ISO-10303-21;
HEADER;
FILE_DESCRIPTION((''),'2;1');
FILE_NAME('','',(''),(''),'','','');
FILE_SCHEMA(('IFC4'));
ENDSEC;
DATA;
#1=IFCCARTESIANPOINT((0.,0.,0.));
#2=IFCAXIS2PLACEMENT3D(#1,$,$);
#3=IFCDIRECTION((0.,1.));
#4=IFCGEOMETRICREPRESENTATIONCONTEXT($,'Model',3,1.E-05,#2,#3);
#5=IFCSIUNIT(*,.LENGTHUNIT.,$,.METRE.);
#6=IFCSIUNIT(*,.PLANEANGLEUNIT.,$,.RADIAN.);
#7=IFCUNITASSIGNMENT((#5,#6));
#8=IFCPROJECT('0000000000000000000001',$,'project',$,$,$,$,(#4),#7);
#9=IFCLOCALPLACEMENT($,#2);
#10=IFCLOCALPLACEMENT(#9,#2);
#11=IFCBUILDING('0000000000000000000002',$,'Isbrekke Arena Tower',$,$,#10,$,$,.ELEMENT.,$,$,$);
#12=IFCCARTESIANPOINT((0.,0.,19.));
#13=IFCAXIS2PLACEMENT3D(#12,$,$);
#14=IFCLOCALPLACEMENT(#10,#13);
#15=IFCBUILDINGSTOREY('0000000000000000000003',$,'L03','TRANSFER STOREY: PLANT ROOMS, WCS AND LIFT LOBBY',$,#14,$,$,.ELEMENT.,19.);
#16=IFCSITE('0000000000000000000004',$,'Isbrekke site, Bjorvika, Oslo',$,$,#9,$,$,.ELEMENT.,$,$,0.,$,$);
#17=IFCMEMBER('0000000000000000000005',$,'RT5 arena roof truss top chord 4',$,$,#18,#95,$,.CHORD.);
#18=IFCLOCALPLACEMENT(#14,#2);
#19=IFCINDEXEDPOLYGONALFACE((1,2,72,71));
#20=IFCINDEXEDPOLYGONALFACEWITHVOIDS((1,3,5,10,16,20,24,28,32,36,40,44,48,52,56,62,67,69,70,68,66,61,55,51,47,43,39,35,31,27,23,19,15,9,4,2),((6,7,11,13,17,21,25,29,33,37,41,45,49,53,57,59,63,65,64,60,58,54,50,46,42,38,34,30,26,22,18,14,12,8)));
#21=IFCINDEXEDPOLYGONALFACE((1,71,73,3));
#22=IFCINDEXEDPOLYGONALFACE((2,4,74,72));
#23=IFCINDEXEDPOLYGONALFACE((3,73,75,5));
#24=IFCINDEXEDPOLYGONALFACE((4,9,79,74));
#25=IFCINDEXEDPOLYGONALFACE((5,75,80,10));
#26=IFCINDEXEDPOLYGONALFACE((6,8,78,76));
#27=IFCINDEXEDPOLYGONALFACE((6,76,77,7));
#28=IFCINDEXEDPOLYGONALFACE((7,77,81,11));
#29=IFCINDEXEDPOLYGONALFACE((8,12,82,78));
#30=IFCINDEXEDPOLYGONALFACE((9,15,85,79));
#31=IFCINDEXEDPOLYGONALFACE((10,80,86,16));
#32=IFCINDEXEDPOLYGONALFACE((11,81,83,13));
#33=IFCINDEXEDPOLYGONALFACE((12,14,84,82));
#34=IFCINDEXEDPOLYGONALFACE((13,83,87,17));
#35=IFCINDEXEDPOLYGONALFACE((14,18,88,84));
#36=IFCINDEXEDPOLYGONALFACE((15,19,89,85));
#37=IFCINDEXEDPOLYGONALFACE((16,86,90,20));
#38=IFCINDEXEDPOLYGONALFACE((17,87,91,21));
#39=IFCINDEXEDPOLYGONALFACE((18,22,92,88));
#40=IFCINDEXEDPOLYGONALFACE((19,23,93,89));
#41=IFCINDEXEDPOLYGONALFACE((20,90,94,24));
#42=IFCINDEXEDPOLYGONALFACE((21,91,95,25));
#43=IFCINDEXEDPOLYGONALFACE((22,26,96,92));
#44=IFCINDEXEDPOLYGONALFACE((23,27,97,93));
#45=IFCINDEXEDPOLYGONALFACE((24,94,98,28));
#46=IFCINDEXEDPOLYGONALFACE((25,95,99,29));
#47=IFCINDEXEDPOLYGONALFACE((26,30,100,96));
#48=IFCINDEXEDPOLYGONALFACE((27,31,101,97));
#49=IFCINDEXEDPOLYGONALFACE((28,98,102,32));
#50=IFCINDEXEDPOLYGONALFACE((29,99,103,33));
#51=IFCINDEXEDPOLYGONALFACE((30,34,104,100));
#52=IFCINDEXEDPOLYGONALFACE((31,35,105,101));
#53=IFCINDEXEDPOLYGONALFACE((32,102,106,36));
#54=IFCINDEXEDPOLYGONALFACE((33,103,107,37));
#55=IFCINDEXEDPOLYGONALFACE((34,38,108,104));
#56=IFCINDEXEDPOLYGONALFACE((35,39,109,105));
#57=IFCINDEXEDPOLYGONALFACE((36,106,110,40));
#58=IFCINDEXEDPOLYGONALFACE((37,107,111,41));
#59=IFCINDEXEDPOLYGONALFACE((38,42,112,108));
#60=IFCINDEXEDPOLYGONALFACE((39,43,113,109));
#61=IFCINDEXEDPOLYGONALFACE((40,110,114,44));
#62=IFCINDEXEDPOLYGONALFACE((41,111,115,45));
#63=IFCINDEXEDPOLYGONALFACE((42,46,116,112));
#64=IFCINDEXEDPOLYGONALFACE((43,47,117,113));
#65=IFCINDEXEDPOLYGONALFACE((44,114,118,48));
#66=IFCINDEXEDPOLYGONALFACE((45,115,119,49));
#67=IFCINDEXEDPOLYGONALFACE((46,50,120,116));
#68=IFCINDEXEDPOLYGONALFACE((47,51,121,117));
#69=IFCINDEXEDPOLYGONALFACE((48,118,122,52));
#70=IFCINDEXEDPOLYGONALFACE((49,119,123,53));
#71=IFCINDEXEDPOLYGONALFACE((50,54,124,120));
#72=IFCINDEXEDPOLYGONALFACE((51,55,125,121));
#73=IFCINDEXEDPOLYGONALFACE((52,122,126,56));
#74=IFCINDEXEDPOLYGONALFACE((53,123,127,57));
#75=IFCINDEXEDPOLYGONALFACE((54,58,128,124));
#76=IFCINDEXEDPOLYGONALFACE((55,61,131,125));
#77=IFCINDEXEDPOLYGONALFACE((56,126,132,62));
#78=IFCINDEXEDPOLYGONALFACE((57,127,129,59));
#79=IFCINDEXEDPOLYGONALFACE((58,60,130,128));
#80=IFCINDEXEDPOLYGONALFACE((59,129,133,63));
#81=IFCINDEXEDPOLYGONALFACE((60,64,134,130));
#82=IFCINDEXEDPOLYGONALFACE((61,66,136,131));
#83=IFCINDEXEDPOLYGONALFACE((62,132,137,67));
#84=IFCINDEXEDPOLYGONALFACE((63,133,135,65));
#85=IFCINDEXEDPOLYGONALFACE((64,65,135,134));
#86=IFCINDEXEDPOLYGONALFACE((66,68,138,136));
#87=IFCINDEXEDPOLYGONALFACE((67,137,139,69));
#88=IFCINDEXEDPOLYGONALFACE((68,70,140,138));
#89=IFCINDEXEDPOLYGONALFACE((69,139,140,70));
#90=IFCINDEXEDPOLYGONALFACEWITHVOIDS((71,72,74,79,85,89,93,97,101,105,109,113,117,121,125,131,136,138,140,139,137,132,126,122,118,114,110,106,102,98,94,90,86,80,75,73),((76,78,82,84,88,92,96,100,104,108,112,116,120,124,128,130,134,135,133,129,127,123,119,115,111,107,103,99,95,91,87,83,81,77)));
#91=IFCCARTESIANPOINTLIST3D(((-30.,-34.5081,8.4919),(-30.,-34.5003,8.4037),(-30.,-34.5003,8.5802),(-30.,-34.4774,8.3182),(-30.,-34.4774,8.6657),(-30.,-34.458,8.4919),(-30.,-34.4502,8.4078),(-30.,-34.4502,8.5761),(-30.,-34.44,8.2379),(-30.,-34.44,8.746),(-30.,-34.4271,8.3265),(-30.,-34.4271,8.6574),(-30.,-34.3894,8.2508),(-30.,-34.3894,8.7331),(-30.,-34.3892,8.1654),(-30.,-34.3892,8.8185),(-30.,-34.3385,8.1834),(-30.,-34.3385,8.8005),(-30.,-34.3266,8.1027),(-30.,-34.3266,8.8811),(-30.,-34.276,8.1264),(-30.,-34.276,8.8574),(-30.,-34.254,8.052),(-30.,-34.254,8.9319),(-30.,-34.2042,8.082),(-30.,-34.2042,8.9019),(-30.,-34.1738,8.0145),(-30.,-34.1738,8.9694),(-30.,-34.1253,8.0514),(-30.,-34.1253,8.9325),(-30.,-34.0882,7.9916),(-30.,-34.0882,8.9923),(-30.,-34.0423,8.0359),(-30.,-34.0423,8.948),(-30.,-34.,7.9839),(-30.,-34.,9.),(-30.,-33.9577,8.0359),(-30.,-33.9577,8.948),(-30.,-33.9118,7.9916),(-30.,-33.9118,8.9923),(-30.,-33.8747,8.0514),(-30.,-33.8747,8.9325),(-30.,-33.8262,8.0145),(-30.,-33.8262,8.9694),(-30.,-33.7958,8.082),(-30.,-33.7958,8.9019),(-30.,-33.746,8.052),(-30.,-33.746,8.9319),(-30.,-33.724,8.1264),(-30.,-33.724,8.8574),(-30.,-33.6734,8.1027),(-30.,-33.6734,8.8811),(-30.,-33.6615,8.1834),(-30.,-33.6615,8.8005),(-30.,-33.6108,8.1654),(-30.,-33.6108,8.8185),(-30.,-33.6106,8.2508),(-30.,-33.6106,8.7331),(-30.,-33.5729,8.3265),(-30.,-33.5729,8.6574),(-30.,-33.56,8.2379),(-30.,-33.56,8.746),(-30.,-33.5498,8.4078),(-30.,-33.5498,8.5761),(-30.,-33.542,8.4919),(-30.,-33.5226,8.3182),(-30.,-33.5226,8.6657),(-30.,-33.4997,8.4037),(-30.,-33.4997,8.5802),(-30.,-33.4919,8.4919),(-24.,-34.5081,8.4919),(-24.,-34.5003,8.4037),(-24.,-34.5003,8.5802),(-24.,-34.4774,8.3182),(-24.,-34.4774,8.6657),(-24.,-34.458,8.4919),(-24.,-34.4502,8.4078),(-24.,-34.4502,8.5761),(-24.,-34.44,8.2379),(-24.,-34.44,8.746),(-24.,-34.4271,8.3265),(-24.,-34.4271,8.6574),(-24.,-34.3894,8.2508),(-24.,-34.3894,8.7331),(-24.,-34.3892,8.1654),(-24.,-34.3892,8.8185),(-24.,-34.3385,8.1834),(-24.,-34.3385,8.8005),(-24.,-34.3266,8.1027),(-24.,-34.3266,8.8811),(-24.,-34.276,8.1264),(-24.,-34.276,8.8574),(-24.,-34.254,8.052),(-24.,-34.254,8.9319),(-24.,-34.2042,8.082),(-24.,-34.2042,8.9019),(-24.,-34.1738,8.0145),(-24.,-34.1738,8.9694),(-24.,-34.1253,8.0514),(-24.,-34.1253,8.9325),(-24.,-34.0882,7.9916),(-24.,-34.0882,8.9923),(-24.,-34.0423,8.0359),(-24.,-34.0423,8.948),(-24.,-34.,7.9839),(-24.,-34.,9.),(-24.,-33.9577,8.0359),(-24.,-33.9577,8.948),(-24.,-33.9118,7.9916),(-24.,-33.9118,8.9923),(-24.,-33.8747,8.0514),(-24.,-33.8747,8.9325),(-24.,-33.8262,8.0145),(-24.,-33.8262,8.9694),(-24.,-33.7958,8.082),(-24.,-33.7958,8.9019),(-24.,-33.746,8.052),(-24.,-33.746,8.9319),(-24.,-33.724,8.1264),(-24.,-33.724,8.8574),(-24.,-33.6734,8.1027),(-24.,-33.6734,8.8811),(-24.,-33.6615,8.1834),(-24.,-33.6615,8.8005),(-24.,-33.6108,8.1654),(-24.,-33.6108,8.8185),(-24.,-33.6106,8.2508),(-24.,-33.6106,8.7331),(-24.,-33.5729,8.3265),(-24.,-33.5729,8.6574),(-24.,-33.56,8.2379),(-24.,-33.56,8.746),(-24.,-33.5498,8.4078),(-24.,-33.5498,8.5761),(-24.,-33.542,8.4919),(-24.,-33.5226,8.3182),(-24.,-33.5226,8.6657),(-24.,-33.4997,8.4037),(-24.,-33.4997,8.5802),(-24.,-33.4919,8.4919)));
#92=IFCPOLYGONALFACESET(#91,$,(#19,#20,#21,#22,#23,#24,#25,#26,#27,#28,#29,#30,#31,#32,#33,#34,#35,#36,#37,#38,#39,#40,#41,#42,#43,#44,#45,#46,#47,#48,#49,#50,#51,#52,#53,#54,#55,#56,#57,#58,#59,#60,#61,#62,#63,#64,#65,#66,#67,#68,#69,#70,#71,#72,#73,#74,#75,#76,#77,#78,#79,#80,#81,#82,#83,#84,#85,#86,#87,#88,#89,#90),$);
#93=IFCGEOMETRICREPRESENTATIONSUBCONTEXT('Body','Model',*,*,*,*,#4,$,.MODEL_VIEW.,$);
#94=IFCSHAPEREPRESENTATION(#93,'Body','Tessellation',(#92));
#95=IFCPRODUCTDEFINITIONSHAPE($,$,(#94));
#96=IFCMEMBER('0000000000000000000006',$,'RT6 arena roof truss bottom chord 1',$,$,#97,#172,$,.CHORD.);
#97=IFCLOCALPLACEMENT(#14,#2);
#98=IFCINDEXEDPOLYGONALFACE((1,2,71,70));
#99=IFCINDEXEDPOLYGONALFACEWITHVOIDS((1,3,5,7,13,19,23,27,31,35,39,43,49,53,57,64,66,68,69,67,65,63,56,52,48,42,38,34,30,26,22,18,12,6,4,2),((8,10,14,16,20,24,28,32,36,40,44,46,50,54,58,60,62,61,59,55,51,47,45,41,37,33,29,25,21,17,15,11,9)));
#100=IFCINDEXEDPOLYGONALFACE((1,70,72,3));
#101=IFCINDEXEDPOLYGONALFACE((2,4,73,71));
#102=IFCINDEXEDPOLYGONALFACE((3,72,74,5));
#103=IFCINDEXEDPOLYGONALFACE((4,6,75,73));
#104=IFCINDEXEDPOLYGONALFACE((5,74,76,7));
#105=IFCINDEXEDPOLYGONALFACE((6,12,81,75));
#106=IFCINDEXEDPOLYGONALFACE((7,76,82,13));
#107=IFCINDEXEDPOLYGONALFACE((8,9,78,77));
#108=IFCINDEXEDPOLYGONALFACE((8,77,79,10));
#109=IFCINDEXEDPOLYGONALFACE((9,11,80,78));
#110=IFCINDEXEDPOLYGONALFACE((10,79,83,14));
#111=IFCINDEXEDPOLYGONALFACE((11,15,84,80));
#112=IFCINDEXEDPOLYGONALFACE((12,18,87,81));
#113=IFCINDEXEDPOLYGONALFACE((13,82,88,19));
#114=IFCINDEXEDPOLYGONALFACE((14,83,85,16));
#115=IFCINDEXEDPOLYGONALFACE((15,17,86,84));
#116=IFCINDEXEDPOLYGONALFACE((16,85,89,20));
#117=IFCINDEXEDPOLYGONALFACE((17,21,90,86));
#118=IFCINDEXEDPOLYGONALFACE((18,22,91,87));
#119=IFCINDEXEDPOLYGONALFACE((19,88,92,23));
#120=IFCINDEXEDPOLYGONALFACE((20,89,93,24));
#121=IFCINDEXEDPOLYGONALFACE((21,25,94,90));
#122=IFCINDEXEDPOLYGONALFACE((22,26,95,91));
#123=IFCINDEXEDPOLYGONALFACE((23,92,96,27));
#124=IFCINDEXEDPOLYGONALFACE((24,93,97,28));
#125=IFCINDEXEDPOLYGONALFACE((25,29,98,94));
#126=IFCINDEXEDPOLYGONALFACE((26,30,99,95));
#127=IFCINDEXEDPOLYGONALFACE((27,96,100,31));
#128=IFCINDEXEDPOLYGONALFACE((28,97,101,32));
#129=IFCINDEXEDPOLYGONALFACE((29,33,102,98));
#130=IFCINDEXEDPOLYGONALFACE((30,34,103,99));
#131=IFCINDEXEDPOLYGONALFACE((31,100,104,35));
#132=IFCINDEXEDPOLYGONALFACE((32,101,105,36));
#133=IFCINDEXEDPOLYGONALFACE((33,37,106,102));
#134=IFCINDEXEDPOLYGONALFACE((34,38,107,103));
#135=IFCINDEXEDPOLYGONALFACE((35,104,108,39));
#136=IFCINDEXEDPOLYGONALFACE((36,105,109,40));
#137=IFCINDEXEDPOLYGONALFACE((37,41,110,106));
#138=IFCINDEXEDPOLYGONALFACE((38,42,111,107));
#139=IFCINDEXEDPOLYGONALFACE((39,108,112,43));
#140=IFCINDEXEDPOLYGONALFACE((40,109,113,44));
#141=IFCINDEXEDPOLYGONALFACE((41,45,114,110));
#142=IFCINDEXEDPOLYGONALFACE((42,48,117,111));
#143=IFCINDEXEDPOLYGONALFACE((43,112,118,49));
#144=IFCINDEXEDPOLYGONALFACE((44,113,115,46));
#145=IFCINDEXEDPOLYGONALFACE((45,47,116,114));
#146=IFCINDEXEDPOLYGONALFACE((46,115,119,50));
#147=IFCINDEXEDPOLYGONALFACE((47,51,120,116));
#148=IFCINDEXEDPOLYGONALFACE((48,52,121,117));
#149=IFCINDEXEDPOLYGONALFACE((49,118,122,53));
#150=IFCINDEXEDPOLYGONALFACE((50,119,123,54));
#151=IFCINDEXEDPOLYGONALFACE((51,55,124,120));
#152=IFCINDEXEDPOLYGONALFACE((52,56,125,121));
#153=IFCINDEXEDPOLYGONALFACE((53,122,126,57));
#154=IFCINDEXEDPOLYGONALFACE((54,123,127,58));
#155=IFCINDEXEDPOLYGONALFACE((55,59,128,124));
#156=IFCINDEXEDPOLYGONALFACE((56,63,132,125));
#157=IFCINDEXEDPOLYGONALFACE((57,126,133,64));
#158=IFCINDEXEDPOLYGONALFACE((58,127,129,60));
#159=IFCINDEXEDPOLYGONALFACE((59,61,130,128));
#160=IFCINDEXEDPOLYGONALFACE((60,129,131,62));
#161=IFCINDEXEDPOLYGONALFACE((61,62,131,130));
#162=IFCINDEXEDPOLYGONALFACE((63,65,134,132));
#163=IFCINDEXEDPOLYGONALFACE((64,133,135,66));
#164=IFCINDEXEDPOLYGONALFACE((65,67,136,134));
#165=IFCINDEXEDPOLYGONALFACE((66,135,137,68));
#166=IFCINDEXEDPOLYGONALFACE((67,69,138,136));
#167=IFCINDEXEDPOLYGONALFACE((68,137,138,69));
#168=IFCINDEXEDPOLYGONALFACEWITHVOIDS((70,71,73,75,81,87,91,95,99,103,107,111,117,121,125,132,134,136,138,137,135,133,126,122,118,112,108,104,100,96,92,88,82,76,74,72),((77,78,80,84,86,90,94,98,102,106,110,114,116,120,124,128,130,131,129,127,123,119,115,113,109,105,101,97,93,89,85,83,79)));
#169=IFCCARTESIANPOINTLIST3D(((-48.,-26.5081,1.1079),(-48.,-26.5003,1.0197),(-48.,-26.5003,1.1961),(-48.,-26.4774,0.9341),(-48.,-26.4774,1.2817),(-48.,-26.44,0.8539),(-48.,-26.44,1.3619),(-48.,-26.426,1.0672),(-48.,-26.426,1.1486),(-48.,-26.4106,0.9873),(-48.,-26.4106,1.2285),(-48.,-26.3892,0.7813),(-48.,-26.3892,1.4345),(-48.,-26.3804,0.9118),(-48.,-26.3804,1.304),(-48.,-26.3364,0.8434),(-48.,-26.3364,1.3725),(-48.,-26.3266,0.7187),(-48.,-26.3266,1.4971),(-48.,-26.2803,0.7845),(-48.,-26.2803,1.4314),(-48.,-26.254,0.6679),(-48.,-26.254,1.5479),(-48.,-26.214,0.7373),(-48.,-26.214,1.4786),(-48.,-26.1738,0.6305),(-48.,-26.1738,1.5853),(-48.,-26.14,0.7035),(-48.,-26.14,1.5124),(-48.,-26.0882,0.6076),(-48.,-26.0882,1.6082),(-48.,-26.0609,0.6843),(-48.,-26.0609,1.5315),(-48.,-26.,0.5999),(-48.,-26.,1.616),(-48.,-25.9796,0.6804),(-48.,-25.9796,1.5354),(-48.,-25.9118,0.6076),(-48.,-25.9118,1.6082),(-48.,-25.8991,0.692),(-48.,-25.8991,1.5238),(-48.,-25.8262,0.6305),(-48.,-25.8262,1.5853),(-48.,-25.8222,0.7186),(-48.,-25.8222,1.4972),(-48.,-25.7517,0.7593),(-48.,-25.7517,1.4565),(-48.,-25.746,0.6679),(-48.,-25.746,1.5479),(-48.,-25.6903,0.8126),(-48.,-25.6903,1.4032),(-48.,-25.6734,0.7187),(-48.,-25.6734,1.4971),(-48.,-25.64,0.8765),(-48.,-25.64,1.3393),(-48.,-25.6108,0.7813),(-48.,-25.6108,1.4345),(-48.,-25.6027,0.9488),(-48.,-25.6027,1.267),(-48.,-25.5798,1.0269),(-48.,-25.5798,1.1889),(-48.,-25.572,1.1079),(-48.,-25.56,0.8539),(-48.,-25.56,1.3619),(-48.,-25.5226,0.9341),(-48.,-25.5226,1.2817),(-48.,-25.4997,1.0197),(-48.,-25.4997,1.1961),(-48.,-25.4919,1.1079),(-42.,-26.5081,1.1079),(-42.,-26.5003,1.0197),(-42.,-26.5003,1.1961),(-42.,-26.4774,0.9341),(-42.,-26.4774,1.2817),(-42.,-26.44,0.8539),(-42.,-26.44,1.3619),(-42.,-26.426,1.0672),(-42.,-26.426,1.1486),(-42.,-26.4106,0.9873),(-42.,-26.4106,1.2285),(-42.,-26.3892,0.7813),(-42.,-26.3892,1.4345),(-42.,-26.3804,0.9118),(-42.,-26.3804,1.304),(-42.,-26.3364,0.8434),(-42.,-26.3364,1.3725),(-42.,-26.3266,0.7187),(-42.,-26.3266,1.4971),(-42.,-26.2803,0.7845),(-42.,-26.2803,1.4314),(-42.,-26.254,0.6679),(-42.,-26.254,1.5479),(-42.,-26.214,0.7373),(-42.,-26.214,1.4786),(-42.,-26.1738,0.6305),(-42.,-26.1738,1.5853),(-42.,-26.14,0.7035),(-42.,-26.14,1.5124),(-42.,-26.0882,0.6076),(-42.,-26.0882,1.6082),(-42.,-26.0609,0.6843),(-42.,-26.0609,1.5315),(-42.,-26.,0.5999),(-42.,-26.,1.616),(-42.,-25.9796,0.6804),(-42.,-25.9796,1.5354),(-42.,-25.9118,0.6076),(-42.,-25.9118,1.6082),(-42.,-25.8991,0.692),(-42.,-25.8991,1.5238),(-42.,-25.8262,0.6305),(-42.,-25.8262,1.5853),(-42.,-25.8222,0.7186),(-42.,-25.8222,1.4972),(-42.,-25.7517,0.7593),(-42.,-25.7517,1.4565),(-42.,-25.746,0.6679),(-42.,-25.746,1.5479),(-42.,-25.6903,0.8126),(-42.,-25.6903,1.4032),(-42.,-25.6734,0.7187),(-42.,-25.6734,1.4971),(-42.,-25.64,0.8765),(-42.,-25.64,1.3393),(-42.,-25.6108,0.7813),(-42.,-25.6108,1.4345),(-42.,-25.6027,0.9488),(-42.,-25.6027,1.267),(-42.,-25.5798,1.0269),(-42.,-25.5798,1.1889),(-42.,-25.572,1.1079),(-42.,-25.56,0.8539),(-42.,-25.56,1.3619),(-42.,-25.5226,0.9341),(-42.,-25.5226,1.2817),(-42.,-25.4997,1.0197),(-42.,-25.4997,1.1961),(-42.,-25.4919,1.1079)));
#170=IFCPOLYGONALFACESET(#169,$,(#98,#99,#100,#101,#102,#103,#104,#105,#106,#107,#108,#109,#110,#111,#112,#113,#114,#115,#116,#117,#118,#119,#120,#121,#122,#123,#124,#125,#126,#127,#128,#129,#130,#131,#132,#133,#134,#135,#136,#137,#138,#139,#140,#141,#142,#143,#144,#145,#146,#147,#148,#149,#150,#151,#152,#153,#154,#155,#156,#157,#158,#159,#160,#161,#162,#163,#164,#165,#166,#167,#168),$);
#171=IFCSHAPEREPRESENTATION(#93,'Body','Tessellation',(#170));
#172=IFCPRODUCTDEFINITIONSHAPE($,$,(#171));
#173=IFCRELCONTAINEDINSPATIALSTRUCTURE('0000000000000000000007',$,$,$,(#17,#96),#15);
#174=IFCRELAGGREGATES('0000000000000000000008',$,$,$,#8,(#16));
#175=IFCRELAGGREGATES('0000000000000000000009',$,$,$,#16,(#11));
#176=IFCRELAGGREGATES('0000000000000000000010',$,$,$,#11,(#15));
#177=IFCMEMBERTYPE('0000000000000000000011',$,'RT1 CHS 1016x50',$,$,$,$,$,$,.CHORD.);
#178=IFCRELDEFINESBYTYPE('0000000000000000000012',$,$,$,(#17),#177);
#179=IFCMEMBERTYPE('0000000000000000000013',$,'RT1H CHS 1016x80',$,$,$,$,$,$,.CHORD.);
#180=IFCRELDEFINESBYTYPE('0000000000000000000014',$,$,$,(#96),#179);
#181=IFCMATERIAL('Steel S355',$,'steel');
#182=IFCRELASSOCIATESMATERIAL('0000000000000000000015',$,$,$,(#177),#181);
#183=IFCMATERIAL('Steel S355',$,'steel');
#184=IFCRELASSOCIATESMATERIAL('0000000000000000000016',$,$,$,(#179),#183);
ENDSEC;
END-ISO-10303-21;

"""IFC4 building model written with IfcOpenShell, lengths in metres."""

from ifc_helpers import new_model, si_unit, direction, frame, origin, origin_2d, place, context, subcontext, project, spatial, hollow_circle, extrude, material, material_profile, profile_set, type_object, element, save


model = new_model("IFC4")

# Units and contexts
model_context = context("Model", 3, precision=1e-05, world=origin(), true_north=direction((0.0, 1.0)))
body_context = subcontext(model_context, "Body", "Model", "MODEL_VIEW")
ifc_project = project(units=[si_unit("LENGTHUNIT", "METRE"), si_unit("PLANEANGLEUNIT", "RADIAN")], contexts=[model_context])

# Site, building, storey
site_placement = place(None, origin())
site = spatial("IfcSite", under=ifc_project, at=site_placement, Name="Isbrekke site, Bjorvika, Oslo", CompositionType="ELEMENT", RefElevation=0.0)
building_placement = place(site_placement, origin())
building = spatial("IfcBuilding", under=site, at=building_placement, Name="Isbrekke Arena Tower", CompositionType="ELEMENT")
storey_placement = place(building_placement, frame((0.0, 0.0, 19.0)))
storey = spatial("IfcBuildingStorey", under=building, at=storey_placement, Name="L03", Description="TRANSFER STOREY: PLANT ROOMS, WCS AND LIFT LOBBY", CompositionType="ELEMENT", Elevation=19.0)

# Members
ifc_material_1 = material(Name="Steel S355", Category="steel")
ifc_material_profile_1 = material_profile(ifc_material_1, hollow_circle(Radius=0.5081, WallThickness=0.05, at=origin_2d()), Name="CHS 1016x50")
ifc_profile_set_1 = profile_set([ifc_material_profile_1], Name="Steel S355")
member_type_1 = type_object("IfcMemberType", Name="RT1 CHS 1016x50", PredefinedType="CHORD", material=ifc_profile_set_1)
for number, where, z_axis, x_axis, name in (
    (1, (-30.0, -34.0, 8.4919), (1.0, 0.0, 0.0), (0.0, 1.0, 0.0), "RT5 arena roof truss top chord 4"),
):
    element("IfcMember", number, at=place(storey_placement, frame(where, z_axis=z_axis, x_axis=x_axis)), inside=storey, type_object=member_type_1, Name=name, PredefinedType="CHORD", context=body_context, shape_type="SweptSolid", body=[
        extrude(hollow_circle(Radius=0.5081, WallThickness=0.05, at=origin_2d()), origin(), (0.0, 0.0, 1.0), 6.0),
    ])
ifc_material_2 = material(Name="Steel S355", Category="steel")
ifc_material_profile_2 = material_profile(ifc_material_2, hollow_circle(Radius=0.5081, WallThickness=0.0801, at=origin_2d()), Name="CHS 1016x80")
ifc_profile_set_2 = profile_set([ifc_material_profile_2], Name="Steel S355")
member_type_2 = type_object("IfcMemberType", Name="RT1H CHS 1016x80", PredefinedType="CHORD", material=ifc_profile_set_2)
for number, where, z_axis, x_axis, name in (
    (2, (-48.0, -26.0, 1.1079), (1.0, 0.0, 0.0), (0.0, 1.0, 0.0), "RT6 arena roof truss bottom chord 1"),
):
    element("IfcMember", number, at=place(storey_placement, frame(where, z_axis=z_axis, x_axis=x_axis)), inside=storey, type_object=member_type_2, Name=name, PredefinedType="CHORD", context=body_context, shape_type="SweptSolid", body=[
        extrude(hollow_circle(Radius=0.5081, WallThickness=0.0801, at=origin_2d()), origin(), (0.0, 0.0, 1.0), 6.0),
    ])

save(model, "model.ifc")
